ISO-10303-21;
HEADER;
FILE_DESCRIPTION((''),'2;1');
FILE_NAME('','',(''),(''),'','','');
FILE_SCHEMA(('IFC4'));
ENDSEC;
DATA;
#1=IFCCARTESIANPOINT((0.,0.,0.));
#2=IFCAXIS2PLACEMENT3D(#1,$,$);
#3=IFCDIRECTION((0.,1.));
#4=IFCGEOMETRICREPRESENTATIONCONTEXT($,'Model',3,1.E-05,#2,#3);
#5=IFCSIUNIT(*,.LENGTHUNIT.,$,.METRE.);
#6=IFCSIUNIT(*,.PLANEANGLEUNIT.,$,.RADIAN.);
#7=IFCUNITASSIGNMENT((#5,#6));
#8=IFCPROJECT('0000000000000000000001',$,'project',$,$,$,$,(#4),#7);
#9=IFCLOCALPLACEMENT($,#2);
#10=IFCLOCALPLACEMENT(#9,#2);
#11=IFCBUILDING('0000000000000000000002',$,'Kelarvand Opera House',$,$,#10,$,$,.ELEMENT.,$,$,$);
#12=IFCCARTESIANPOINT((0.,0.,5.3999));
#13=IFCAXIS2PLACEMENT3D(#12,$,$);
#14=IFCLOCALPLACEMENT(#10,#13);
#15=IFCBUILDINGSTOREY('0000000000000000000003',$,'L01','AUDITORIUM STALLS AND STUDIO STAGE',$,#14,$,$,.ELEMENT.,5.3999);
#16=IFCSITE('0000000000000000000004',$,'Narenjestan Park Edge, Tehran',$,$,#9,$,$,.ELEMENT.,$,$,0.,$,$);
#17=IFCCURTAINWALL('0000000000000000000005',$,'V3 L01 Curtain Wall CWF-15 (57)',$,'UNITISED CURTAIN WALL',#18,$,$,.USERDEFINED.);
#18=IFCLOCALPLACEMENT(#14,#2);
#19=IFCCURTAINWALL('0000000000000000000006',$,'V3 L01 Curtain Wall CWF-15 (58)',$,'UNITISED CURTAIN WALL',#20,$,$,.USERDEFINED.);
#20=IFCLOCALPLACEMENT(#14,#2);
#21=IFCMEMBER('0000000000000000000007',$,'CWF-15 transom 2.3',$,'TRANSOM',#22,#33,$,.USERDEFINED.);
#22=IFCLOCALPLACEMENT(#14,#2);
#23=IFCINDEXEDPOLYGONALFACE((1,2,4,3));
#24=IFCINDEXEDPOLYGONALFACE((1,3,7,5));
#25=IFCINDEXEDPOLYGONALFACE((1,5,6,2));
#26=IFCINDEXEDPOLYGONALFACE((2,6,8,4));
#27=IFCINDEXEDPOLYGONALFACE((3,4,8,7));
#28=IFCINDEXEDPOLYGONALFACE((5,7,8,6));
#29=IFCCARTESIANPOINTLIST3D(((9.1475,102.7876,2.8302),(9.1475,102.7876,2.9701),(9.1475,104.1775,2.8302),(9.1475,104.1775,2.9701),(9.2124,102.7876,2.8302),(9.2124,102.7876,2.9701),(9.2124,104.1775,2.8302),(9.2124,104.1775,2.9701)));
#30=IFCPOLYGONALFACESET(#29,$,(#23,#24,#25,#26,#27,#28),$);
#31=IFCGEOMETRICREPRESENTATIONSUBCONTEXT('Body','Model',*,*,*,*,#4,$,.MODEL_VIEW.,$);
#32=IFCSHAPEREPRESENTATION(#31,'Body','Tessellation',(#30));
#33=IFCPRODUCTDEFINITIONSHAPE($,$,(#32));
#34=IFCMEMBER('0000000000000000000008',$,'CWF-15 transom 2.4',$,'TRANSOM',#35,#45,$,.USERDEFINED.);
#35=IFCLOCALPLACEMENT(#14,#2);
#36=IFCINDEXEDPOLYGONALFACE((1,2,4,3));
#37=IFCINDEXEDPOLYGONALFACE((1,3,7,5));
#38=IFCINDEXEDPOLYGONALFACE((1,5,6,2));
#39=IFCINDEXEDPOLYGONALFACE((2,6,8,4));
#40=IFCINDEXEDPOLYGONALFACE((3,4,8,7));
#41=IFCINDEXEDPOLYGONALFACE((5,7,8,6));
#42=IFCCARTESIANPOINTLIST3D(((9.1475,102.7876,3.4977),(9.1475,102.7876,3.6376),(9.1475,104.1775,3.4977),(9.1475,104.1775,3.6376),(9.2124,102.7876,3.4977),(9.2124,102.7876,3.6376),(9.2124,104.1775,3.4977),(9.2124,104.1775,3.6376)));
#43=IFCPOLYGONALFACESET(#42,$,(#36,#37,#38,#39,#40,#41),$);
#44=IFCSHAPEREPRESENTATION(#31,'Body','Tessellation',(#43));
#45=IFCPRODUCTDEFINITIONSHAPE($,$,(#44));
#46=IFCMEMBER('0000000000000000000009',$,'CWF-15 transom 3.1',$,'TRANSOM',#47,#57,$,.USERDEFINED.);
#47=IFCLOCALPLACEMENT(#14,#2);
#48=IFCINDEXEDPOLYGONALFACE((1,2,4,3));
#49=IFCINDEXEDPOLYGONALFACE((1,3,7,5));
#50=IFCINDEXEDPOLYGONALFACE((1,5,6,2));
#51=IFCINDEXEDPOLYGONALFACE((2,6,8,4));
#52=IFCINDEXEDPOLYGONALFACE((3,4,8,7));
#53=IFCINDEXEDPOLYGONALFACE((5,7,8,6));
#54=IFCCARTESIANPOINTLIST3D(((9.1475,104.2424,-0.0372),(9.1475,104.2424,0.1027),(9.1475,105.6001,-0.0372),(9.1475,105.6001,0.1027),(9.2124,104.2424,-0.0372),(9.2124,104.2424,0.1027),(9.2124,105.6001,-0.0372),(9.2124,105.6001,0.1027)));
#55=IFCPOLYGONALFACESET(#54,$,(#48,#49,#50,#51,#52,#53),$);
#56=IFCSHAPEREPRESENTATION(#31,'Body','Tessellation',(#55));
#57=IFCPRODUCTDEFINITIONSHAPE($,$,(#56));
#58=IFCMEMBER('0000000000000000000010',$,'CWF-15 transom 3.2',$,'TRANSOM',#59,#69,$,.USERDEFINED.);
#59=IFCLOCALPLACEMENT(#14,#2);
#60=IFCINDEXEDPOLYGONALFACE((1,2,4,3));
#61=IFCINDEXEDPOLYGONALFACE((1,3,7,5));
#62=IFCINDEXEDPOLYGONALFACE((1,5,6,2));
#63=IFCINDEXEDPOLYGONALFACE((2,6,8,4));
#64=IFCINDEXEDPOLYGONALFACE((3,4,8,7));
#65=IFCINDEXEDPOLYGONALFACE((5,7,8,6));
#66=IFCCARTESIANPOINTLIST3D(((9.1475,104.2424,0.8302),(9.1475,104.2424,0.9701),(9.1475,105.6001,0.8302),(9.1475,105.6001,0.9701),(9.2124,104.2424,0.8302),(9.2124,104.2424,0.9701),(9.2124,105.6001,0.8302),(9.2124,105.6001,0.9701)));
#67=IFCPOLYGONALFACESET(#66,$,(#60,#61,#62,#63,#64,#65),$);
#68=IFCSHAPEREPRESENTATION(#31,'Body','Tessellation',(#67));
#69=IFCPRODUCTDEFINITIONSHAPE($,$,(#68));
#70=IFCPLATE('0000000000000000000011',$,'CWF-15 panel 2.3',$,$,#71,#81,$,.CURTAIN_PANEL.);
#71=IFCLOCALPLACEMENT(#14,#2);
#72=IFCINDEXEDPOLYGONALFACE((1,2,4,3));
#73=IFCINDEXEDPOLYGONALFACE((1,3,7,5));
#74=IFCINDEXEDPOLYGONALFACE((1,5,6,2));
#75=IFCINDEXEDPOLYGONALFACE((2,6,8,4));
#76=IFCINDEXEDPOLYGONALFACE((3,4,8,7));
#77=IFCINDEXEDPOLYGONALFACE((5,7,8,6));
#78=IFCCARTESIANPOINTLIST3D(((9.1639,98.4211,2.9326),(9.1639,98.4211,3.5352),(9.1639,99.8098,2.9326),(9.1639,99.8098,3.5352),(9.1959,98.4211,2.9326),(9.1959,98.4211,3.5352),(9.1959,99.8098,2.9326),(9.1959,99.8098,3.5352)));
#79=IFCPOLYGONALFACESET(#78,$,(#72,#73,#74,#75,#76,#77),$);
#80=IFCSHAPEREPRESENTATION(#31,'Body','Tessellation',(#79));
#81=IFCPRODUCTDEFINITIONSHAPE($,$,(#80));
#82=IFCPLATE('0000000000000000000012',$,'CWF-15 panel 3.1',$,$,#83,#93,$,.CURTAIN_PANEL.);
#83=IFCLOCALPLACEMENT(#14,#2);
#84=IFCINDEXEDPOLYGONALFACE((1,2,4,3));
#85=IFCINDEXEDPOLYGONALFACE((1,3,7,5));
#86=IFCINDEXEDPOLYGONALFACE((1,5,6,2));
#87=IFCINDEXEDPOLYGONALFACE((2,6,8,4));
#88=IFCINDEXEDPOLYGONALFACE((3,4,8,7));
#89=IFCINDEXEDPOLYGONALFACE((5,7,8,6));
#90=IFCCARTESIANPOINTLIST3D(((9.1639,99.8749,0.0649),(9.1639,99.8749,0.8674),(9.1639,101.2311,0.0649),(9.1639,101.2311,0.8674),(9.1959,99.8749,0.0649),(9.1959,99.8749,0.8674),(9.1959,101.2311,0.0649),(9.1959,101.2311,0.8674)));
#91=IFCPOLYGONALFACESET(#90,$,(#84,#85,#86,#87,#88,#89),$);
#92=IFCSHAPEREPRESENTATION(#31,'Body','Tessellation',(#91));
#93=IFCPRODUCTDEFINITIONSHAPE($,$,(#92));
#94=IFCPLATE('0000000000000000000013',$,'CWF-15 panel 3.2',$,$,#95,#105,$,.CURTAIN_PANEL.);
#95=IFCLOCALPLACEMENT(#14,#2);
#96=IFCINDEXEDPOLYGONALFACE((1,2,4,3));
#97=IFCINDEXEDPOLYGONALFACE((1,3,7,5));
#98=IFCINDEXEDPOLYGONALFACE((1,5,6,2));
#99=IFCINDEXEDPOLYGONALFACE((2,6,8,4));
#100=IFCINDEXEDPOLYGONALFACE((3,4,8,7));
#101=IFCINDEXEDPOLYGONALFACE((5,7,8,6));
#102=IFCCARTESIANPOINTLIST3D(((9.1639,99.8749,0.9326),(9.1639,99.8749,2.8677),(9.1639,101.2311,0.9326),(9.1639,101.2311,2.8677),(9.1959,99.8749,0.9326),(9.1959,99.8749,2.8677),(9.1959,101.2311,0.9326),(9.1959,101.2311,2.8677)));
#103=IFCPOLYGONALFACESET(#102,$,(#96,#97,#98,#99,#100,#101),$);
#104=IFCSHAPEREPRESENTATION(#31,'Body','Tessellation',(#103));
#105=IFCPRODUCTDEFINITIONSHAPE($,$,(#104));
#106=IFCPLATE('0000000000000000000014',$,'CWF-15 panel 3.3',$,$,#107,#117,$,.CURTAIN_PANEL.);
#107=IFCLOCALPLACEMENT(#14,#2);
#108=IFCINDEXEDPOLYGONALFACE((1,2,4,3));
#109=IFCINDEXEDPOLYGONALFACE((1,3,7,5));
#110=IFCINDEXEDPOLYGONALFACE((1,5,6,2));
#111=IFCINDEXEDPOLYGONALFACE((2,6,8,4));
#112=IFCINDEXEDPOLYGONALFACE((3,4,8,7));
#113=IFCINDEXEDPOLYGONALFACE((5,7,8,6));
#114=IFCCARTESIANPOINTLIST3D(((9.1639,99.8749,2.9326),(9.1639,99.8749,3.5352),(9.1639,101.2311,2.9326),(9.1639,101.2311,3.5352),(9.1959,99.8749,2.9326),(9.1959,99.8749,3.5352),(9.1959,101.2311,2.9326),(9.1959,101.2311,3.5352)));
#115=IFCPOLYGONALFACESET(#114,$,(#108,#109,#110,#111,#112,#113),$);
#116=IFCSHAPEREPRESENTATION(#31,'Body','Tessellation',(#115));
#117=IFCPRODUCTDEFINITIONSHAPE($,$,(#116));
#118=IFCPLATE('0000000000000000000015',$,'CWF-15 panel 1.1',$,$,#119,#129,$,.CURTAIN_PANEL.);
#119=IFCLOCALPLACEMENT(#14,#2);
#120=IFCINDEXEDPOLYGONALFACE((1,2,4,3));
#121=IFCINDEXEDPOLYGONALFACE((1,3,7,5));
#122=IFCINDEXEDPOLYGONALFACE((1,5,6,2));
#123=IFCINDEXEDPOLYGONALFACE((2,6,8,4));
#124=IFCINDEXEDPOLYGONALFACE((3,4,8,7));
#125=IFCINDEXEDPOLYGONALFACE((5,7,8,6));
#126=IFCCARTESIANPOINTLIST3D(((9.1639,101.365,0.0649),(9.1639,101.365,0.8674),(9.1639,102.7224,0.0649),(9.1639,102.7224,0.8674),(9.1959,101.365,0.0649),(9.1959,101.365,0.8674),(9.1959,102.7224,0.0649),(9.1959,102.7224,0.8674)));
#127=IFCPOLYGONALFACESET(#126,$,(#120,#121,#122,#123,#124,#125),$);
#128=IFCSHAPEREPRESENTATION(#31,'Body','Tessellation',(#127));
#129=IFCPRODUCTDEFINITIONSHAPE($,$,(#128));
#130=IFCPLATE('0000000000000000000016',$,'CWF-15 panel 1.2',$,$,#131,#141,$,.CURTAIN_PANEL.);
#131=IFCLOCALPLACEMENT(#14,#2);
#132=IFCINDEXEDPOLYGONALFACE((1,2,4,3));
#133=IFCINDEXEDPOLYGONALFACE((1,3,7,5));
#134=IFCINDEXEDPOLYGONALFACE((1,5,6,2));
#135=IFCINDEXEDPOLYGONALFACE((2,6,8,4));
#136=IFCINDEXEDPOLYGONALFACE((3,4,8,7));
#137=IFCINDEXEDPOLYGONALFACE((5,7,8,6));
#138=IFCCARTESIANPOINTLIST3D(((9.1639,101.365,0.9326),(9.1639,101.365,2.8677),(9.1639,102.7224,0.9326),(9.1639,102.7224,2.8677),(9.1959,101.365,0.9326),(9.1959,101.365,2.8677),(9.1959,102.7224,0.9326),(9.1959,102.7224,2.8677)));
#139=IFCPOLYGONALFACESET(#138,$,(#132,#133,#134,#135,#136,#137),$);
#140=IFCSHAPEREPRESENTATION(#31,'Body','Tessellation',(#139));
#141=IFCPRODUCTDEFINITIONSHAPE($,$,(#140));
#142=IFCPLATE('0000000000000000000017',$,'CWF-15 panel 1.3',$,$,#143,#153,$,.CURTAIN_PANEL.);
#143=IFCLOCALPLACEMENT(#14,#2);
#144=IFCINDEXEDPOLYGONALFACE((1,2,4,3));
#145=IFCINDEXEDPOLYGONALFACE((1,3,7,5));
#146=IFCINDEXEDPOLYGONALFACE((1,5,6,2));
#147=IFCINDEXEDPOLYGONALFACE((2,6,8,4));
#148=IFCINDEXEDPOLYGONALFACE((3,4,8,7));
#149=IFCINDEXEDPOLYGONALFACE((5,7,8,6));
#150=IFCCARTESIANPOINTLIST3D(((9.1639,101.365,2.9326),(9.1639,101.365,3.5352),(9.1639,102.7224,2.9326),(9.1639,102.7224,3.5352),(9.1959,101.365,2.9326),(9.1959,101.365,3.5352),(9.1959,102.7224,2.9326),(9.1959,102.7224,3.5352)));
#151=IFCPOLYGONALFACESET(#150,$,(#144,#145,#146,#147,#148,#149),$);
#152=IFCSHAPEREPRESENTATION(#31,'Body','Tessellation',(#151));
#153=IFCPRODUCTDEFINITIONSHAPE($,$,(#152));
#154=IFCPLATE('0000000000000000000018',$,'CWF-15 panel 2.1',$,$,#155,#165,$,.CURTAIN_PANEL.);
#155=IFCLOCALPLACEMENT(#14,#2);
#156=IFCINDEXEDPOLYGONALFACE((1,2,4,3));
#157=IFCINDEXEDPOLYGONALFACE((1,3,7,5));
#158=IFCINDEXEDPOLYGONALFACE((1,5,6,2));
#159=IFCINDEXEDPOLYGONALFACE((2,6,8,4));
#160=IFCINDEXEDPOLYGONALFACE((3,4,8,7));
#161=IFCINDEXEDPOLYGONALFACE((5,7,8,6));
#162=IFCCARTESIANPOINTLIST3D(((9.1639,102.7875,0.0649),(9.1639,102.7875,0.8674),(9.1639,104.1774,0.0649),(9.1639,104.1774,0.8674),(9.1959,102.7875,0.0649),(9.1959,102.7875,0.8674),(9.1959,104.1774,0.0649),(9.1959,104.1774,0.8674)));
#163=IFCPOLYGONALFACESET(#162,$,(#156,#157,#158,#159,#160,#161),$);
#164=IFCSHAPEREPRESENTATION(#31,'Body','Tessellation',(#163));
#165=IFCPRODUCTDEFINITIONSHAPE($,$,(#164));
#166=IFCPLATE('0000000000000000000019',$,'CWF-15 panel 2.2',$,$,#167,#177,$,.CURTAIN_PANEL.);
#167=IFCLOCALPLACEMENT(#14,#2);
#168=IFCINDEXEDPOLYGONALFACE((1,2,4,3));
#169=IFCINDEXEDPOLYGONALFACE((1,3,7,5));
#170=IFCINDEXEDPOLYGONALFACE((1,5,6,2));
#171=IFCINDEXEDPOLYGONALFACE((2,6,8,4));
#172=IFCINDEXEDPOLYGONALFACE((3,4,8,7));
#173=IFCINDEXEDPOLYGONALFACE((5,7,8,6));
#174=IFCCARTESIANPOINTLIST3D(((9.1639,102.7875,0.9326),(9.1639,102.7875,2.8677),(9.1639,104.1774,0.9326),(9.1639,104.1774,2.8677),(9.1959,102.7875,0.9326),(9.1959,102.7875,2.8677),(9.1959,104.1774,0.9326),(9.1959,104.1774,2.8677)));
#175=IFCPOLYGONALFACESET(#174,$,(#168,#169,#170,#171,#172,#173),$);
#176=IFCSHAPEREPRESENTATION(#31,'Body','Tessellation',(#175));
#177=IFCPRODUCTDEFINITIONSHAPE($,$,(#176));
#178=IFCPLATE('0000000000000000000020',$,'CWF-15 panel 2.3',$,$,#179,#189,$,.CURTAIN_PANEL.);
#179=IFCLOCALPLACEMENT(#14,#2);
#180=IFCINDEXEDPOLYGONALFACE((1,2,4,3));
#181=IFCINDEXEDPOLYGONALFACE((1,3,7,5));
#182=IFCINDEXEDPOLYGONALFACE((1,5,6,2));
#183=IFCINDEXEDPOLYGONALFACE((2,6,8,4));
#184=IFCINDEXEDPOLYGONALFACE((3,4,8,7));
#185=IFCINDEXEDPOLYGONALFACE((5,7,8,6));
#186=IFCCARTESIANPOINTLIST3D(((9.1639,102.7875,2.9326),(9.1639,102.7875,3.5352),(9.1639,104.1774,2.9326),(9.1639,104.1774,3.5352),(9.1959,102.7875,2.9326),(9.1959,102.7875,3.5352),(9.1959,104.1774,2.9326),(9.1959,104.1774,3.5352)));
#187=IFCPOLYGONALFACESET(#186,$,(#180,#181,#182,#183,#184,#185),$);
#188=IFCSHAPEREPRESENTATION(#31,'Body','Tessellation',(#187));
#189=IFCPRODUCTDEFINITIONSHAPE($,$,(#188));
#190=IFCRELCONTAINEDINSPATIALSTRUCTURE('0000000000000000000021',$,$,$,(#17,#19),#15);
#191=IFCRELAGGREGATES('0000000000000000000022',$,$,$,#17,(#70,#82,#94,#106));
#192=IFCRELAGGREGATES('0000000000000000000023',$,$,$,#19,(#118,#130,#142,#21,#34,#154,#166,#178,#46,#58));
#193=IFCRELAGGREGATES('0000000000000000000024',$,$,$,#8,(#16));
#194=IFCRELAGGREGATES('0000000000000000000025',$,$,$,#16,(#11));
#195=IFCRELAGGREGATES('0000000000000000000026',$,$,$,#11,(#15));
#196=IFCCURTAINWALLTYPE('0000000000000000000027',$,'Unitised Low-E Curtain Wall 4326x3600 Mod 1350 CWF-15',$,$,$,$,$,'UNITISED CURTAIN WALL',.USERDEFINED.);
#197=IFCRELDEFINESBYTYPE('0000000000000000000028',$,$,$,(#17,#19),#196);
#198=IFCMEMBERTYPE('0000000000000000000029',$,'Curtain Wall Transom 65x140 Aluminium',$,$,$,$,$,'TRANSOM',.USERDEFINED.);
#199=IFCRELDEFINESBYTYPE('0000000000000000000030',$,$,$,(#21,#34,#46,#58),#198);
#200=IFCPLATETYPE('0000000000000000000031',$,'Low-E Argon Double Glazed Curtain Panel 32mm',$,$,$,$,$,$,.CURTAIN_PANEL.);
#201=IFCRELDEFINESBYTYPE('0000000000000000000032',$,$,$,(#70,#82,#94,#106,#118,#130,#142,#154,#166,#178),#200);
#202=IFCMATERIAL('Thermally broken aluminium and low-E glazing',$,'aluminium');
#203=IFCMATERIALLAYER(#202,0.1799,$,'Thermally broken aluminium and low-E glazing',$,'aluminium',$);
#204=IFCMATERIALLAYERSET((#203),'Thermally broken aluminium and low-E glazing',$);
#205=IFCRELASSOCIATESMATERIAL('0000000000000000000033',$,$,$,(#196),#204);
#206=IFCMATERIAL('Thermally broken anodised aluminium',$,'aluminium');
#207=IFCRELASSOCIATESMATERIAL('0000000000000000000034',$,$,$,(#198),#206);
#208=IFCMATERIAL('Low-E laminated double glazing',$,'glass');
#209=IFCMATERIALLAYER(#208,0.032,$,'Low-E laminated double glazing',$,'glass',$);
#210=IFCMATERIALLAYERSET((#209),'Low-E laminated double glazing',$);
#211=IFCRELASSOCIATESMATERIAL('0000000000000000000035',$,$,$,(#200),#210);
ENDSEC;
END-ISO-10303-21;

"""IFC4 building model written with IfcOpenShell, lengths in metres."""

from ifc_helpers import new_model, si_unit, direction, frame, origin, origin_2d, place, context, subcontext, project, spatial, rectangle, extrude, material, layer, layer_set, material_profile, profile_set, type_object, element, aggregate, save


model = new_model("IFC4")

# Units and contexts
model_context = context("Model", 3, precision=1e-05, world=origin(), true_north=direction((0.0, 1.0)))
body_context = subcontext(model_context, "Body", "Model", "MODEL_VIEW")
ifc_project = project(units=[si_unit("LENGTHUNIT", "METRE"), si_unit("PLANEANGLEUNIT", "RADIAN")], contexts=[model_context])

# Site, building, storey
site_placement = place(None, origin())
site = spatial("IfcSite", under=ifc_project, at=site_placement, Name="Narenjestan Park Edge, Tehran", CompositionType="ELEMENT", RefElevation=0.0)
building_placement = place(site_placement, origin())
building = spatial("IfcBuilding", under=site, at=building_placement, Name="Kelarvand Opera House", CompositionType="ELEMENT")
storey_placement = place(building_placement, frame((0.0, 0.0, 5.3999)))
storey = spatial("IfcBuildingStorey", under=building, at=storey_placement, Name="L01", Description="AUDITORIUM STALLS AND STUDIO STAGE", CompositionType="ELEMENT", Elevation=5.3999)

# Curtain walls
ifc_material_1 = material(Name="Thermally broken aluminium and low-E glazing", Category="aluminium")
ifc_layer_1 = layer(ifc_material_1, 0.1799, Name="Thermally broken aluminium and low-E glazing", Category="aluminium")
ifc_layer_set_1 = layer_set([ifc_layer_1], Name="Thermally broken aluminium and low-E glazing")
curtain_wall_type = type_object("IfcCurtainWallType", Name="Unitised Low-E Curtain Wall 4326x3600 Mod 1350 CWF-15", ElementType="UNITISED CURTAIN WALL", PredefinedType="USERDEFINED", material=ifc_layer_set_1)
curtain_wall_1_placement = place(storey_placement, origin())
curtain_wall_1 = element("IfcCurtainWall", 1, at=curtain_wall_1_placement, inside=storey, type_object=curtain_wall_type, Name="V3 L01 Curtain Wall CWF-15 (57)", ObjectType="UNITISED CURTAIN WALL", PredefinedType="USERDEFINED")
ifc_material_2 = material(Name="Thermally broken anodised aluminium", Category="aluminium")
curtain_wall_2_placement = place(storey_placement, origin())
curtain_wall_2 = element("IfcCurtainWall", 2, at=curtain_wall_2_placement, inside=storey, type_object=curtain_wall_type, Name="V3 L01 Curtain Wall CWF-15 (58)", ObjectType="UNITISED CURTAIN WALL", PredefinedType="USERDEFINED")

# Members
ifc_material_profile_1 = material_profile(ifc_material_2, rectangle(XDim=0.0649, YDim=0.1399, at=origin_2d()), Name="ALU TRANSOM 65x140", Category="aluminium")
ifc_profile_set_1 = profile_set([ifc_material_profile_1], Name="Thermally broken anodised aluminium")
member_type_1 = type_object("IfcMemberType", Name="Curtain Wall Transom 65x140 Aluminium", ElementType="TRANSOM", PredefinedType="USERDEFINED", material=ifc_profile_set_1)
member_1_placement = place(storey_placement, frame((9.1799, 102.7876, 2.9001), z_axis=(0.0, 1.0, 0.0), x_axis=(-1.0, 0.0, 0.0)))
member_1 = element("IfcMember", 3, at=member_1_placement, type_object=member_type_1, Name="CWF-15 transom 2.3", ObjectType="TRANSOM", PredefinedType="USERDEFINED", context=body_context, shape_type="SweptSolid", body=[
    extrude(rectangle(XDim=0.0649, YDim=0.1399, at=origin_2d()), origin(), (0.0, 0.0, 1.0), 1.3899),
])
member_2_placement = place(storey_placement, frame((9.1799, 102.7876, 3.5676), z_axis=(0.0, 1.0, 0.0), x_axis=(-1.0, 0.0, 0.0)))
member_2 = element("IfcMember", 4, at=member_2_placement, type_object=member_type_1, Name="CWF-15 transom 2.4", ObjectType="TRANSOM", PredefinedType="USERDEFINED", context=body_context, shape_type="SweptSolid", body=[
    extrude(rectangle(XDim=0.0649, YDim=0.1399, at=origin_2d()), origin(), (0.0, 0.0, 1.0), 1.3899),
])
member_3_placement = place(storey_placement, frame((9.1799, 104.2424, 0.0327), z_axis=(0.0, 1.0, 0.0), x_axis=(-1.0, 0.0, 0.0)))
member_3 = element("IfcMember", 5, at=member_3_placement, type_object=member_type_1, Name="CWF-15 transom 3.1", ObjectType="TRANSOM", PredefinedType="USERDEFINED", context=body_context, shape_type="SweptSolid", body=[
    extrude(rectangle(XDim=0.0649, YDim=0.1399, at=origin_2d()), origin(), (0.0, 0.0, 1.0), 1.3577),
])
member_4_placement = place(storey_placement, frame((9.1799, 104.2424, 0.9001), z_axis=(0.0, 1.0, 0.0), x_axis=(-1.0, 0.0, 0.0)))
member_4 = element("IfcMember", 6, at=member_4_placement, type_object=member_type_1, Name="CWF-15 transom 3.2", ObjectType="TRANSOM", PredefinedType="USERDEFINED", context=body_context, shape_type="SweptSolid", body=[
    extrude(rectangle(XDim=0.0649, YDim=0.1399, at=origin_2d()), origin(), (0.0, 0.0, 1.0), 1.3577),
])

# Plates
ifc_material_3 = material(Name="Low-E laminated double glazing", Category="glass")
ifc_layer_2 = layer(ifc_material_3, 0.032, Name="Low-E laminated double glazing", Category="glass")
ifc_layer_set_2 = layer_set([ifc_layer_2], Name="Low-E laminated double glazing")
plate_type = type_object("IfcPlateType", Name="Low-E Argon Double Glazed Curtain Panel 32mm", PredefinedType="CURTAIN_PANEL", material=ifc_layer_set_2)
plate_1_placement = place(storey_placement, frame((9.1799, 99.1155, 2.9326), z_axis=(0.0, 0.0, 1.0), x_axis=(0.0, 1.0, 0.0)))
plate_1 = element("IfcPlate", 7, at=plate_1_placement, type_object=plate_type, Name="CWF-15 panel 2.3", PredefinedType="CURTAIN_PANEL", context=body_context, shape_type="SweptSolid", body=[
    extrude(rectangle(XDim=1.3887, YDim=0.032, at=origin_2d()), origin(), (0.0, 0.0, 1.0), 0.6025),
])
plate_2_placement = place(storey_placement, frame((9.1799, 100.553, 0.0649), z_axis=(0.0, 0.0, 1.0), x_axis=(0.0, 1.0, 0.0)))
plate_2 = element("IfcPlate", 8, at=plate_2_placement, type_object=plate_type, Name="CWF-15 panel 3.1", PredefinedType="CURTAIN_PANEL", context=body_context, shape_type="SweptSolid", body=[
    extrude(rectangle(XDim=1.3562, YDim=0.032, at=origin_2d()), origin(), (0.0, 0.0, 1.0), 0.8025),
])
plate_3_placement = place(storey_placement, frame((9.1799, 100.553, 0.9326), z_axis=(0.0, 0.0, 1.0), x_axis=(0.0, 1.0, 0.0)))
plate_3 = element("IfcPlate", 9, at=plate_3_placement, type_object=plate_type, Name="CWF-15 panel 3.2", PredefinedType="CURTAIN_PANEL", context=body_context, shape_type="SweptSolid", body=[
    extrude(rectangle(XDim=1.3562, YDim=0.032, at=origin_2d()), origin(), (0.0, 0.0, 1.0), 1.9351),
])
plate_4_placement = place(storey_placement, frame((9.1799, 100.553, 2.9326), z_axis=(0.0, 0.0, 1.0), x_axis=(0.0, 1.0, 0.0)))
plate_4 = element("IfcPlate", 10, at=plate_4_placement, type_object=plate_type, Name="CWF-15 panel 3.3", PredefinedType="CURTAIN_PANEL", context=body_context, shape_type="SweptSolid", body=[
    extrude(rectangle(XDim=1.3562, YDim=0.032, at=origin_2d()), origin(), (0.0, 0.0, 1.0), 0.6025),
])
aggregate(curtain_wall_1, [plate_1, plate_2, plate_3, plate_4])
plate_5_placement = place(storey_placement, frame((9.1799, 102.0437, 0.0649), z_axis=(0.0, 0.0, 1.0), x_axis=(0.0, 1.0, 0.0)))
plate_5 = element("IfcPlate", 11, at=plate_5_placement, type_object=plate_type, Name="CWF-15 panel 1.1", PredefinedType="CURTAIN_PANEL", context=body_context, shape_type="SweptSolid", body=[
    extrude(rectangle(XDim=1.3574, YDim=0.032, at=origin_2d()), origin(), (0.0, 0.0, 1.0), 0.8025),
])
plate_6_placement = place(storey_placement, frame((9.1799, 102.0437, 0.9326), z_axis=(0.0, 0.0, 1.0), x_axis=(0.0, 1.0, 0.0)))
plate_6 = element("IfcPlate", 12, at=plate_6_placement, type_object=plate_type, Name="CWF-15 panel 1.2", PredefinedType="CURTAIN_PANEL", context=body_context, shape_type="SweptSolid", body=[
    extrude(rectangle(XDim=1.3574, YDim=0.032, at=origin_2d()), origin(), (0.0, 0.0, 1.0), 1.9351),
])
plate_7_placement = place(storey_placement, frame((9.1799, 102.0437, 2.9326), z_axis=(0.0, 0.0, 1.0), x_axis=(0.0, 1.0, 0.0)))
plate_7 = element("IfcPlate", 13, at=plate_7_placement, type_object=plate_type, Name="CWF-15 panel 1.3", PredefinedType="CURTAIN_PANEL", context=body_context, shape_type="SweptSolid", body=[
    extrude(rectangle(XDim=1.3574, YDim=0.032, at=origin_2d()), origin(), (0.0, 0.0, 1.0), 0.6025),
])
plate_8_placement = place(storey_placement, frame((9.1799, 103.4824, 0.0649), z_axis=(0.0, 0.0, 1.0), x_axis=(0.0, 1.0, 0.0)))
plate_8 = element("IfcPlate", 14, at=plate_8_placement, type_object=plate_type, Name="CWF-15 panel 2.1", PredefinedType="CURTAIN_PANEL", context=body_context, shape_type="SweptSolid", body=[
    extrude(rectangle(XDim=1.3899, YDim=0.032, at=origin_2d()), origin(), (0.0, 0.0, 1.0), 0.8025),
])
plate_9_placement = place(storey_placement, frame((9.1799, 103.4824, 0.9326), z_axis=(0.0, 0.0, 1.0), x_axis=(0.0, 1.0, 0.0)))
plate_9 = element("IfcPlate", 15, at=plate_9_placement, type_object=plate_type, Name="CWF-15 panel 2.2", PredefinedType="CURTAIN_PANEL", context=body_context, shape_type="SweptSolid", body=[
    extrude(rectangle(XDim=1.3899, YDim=0.032, at=origin_2d()), origin(), (0.0, 0.0, 1.0), 1.9351),
])
plate_10_placement = place(storey_placement, frame((9.1799, 103.4824, 2.9326), z_axis=(0.0, 0.0, 1.0), x_axis=(0.0, 1.0, 0.0)))
plate_10 = element("IfcPlate", 16, at=plate_10_placement, type_object=plate_type, Name="CWF-15 panel 2.3", PredefinedType="CURTAIN_PANEL", context=body_context, shape_type="SweptSolid", body=[
    extrude(rectangle(XDim=1.3899, YDim=0.032, at=origin_2d()), origin(), (0.0, 0.0, 1.0), 0.6025),
])
aggregate(curtain_wall_2, [plate_5, plate_6, plate_7, member_1, member_2, plate_8, plate_9, plate_10, member_3, member_4])

save(model, "model.ifc")
